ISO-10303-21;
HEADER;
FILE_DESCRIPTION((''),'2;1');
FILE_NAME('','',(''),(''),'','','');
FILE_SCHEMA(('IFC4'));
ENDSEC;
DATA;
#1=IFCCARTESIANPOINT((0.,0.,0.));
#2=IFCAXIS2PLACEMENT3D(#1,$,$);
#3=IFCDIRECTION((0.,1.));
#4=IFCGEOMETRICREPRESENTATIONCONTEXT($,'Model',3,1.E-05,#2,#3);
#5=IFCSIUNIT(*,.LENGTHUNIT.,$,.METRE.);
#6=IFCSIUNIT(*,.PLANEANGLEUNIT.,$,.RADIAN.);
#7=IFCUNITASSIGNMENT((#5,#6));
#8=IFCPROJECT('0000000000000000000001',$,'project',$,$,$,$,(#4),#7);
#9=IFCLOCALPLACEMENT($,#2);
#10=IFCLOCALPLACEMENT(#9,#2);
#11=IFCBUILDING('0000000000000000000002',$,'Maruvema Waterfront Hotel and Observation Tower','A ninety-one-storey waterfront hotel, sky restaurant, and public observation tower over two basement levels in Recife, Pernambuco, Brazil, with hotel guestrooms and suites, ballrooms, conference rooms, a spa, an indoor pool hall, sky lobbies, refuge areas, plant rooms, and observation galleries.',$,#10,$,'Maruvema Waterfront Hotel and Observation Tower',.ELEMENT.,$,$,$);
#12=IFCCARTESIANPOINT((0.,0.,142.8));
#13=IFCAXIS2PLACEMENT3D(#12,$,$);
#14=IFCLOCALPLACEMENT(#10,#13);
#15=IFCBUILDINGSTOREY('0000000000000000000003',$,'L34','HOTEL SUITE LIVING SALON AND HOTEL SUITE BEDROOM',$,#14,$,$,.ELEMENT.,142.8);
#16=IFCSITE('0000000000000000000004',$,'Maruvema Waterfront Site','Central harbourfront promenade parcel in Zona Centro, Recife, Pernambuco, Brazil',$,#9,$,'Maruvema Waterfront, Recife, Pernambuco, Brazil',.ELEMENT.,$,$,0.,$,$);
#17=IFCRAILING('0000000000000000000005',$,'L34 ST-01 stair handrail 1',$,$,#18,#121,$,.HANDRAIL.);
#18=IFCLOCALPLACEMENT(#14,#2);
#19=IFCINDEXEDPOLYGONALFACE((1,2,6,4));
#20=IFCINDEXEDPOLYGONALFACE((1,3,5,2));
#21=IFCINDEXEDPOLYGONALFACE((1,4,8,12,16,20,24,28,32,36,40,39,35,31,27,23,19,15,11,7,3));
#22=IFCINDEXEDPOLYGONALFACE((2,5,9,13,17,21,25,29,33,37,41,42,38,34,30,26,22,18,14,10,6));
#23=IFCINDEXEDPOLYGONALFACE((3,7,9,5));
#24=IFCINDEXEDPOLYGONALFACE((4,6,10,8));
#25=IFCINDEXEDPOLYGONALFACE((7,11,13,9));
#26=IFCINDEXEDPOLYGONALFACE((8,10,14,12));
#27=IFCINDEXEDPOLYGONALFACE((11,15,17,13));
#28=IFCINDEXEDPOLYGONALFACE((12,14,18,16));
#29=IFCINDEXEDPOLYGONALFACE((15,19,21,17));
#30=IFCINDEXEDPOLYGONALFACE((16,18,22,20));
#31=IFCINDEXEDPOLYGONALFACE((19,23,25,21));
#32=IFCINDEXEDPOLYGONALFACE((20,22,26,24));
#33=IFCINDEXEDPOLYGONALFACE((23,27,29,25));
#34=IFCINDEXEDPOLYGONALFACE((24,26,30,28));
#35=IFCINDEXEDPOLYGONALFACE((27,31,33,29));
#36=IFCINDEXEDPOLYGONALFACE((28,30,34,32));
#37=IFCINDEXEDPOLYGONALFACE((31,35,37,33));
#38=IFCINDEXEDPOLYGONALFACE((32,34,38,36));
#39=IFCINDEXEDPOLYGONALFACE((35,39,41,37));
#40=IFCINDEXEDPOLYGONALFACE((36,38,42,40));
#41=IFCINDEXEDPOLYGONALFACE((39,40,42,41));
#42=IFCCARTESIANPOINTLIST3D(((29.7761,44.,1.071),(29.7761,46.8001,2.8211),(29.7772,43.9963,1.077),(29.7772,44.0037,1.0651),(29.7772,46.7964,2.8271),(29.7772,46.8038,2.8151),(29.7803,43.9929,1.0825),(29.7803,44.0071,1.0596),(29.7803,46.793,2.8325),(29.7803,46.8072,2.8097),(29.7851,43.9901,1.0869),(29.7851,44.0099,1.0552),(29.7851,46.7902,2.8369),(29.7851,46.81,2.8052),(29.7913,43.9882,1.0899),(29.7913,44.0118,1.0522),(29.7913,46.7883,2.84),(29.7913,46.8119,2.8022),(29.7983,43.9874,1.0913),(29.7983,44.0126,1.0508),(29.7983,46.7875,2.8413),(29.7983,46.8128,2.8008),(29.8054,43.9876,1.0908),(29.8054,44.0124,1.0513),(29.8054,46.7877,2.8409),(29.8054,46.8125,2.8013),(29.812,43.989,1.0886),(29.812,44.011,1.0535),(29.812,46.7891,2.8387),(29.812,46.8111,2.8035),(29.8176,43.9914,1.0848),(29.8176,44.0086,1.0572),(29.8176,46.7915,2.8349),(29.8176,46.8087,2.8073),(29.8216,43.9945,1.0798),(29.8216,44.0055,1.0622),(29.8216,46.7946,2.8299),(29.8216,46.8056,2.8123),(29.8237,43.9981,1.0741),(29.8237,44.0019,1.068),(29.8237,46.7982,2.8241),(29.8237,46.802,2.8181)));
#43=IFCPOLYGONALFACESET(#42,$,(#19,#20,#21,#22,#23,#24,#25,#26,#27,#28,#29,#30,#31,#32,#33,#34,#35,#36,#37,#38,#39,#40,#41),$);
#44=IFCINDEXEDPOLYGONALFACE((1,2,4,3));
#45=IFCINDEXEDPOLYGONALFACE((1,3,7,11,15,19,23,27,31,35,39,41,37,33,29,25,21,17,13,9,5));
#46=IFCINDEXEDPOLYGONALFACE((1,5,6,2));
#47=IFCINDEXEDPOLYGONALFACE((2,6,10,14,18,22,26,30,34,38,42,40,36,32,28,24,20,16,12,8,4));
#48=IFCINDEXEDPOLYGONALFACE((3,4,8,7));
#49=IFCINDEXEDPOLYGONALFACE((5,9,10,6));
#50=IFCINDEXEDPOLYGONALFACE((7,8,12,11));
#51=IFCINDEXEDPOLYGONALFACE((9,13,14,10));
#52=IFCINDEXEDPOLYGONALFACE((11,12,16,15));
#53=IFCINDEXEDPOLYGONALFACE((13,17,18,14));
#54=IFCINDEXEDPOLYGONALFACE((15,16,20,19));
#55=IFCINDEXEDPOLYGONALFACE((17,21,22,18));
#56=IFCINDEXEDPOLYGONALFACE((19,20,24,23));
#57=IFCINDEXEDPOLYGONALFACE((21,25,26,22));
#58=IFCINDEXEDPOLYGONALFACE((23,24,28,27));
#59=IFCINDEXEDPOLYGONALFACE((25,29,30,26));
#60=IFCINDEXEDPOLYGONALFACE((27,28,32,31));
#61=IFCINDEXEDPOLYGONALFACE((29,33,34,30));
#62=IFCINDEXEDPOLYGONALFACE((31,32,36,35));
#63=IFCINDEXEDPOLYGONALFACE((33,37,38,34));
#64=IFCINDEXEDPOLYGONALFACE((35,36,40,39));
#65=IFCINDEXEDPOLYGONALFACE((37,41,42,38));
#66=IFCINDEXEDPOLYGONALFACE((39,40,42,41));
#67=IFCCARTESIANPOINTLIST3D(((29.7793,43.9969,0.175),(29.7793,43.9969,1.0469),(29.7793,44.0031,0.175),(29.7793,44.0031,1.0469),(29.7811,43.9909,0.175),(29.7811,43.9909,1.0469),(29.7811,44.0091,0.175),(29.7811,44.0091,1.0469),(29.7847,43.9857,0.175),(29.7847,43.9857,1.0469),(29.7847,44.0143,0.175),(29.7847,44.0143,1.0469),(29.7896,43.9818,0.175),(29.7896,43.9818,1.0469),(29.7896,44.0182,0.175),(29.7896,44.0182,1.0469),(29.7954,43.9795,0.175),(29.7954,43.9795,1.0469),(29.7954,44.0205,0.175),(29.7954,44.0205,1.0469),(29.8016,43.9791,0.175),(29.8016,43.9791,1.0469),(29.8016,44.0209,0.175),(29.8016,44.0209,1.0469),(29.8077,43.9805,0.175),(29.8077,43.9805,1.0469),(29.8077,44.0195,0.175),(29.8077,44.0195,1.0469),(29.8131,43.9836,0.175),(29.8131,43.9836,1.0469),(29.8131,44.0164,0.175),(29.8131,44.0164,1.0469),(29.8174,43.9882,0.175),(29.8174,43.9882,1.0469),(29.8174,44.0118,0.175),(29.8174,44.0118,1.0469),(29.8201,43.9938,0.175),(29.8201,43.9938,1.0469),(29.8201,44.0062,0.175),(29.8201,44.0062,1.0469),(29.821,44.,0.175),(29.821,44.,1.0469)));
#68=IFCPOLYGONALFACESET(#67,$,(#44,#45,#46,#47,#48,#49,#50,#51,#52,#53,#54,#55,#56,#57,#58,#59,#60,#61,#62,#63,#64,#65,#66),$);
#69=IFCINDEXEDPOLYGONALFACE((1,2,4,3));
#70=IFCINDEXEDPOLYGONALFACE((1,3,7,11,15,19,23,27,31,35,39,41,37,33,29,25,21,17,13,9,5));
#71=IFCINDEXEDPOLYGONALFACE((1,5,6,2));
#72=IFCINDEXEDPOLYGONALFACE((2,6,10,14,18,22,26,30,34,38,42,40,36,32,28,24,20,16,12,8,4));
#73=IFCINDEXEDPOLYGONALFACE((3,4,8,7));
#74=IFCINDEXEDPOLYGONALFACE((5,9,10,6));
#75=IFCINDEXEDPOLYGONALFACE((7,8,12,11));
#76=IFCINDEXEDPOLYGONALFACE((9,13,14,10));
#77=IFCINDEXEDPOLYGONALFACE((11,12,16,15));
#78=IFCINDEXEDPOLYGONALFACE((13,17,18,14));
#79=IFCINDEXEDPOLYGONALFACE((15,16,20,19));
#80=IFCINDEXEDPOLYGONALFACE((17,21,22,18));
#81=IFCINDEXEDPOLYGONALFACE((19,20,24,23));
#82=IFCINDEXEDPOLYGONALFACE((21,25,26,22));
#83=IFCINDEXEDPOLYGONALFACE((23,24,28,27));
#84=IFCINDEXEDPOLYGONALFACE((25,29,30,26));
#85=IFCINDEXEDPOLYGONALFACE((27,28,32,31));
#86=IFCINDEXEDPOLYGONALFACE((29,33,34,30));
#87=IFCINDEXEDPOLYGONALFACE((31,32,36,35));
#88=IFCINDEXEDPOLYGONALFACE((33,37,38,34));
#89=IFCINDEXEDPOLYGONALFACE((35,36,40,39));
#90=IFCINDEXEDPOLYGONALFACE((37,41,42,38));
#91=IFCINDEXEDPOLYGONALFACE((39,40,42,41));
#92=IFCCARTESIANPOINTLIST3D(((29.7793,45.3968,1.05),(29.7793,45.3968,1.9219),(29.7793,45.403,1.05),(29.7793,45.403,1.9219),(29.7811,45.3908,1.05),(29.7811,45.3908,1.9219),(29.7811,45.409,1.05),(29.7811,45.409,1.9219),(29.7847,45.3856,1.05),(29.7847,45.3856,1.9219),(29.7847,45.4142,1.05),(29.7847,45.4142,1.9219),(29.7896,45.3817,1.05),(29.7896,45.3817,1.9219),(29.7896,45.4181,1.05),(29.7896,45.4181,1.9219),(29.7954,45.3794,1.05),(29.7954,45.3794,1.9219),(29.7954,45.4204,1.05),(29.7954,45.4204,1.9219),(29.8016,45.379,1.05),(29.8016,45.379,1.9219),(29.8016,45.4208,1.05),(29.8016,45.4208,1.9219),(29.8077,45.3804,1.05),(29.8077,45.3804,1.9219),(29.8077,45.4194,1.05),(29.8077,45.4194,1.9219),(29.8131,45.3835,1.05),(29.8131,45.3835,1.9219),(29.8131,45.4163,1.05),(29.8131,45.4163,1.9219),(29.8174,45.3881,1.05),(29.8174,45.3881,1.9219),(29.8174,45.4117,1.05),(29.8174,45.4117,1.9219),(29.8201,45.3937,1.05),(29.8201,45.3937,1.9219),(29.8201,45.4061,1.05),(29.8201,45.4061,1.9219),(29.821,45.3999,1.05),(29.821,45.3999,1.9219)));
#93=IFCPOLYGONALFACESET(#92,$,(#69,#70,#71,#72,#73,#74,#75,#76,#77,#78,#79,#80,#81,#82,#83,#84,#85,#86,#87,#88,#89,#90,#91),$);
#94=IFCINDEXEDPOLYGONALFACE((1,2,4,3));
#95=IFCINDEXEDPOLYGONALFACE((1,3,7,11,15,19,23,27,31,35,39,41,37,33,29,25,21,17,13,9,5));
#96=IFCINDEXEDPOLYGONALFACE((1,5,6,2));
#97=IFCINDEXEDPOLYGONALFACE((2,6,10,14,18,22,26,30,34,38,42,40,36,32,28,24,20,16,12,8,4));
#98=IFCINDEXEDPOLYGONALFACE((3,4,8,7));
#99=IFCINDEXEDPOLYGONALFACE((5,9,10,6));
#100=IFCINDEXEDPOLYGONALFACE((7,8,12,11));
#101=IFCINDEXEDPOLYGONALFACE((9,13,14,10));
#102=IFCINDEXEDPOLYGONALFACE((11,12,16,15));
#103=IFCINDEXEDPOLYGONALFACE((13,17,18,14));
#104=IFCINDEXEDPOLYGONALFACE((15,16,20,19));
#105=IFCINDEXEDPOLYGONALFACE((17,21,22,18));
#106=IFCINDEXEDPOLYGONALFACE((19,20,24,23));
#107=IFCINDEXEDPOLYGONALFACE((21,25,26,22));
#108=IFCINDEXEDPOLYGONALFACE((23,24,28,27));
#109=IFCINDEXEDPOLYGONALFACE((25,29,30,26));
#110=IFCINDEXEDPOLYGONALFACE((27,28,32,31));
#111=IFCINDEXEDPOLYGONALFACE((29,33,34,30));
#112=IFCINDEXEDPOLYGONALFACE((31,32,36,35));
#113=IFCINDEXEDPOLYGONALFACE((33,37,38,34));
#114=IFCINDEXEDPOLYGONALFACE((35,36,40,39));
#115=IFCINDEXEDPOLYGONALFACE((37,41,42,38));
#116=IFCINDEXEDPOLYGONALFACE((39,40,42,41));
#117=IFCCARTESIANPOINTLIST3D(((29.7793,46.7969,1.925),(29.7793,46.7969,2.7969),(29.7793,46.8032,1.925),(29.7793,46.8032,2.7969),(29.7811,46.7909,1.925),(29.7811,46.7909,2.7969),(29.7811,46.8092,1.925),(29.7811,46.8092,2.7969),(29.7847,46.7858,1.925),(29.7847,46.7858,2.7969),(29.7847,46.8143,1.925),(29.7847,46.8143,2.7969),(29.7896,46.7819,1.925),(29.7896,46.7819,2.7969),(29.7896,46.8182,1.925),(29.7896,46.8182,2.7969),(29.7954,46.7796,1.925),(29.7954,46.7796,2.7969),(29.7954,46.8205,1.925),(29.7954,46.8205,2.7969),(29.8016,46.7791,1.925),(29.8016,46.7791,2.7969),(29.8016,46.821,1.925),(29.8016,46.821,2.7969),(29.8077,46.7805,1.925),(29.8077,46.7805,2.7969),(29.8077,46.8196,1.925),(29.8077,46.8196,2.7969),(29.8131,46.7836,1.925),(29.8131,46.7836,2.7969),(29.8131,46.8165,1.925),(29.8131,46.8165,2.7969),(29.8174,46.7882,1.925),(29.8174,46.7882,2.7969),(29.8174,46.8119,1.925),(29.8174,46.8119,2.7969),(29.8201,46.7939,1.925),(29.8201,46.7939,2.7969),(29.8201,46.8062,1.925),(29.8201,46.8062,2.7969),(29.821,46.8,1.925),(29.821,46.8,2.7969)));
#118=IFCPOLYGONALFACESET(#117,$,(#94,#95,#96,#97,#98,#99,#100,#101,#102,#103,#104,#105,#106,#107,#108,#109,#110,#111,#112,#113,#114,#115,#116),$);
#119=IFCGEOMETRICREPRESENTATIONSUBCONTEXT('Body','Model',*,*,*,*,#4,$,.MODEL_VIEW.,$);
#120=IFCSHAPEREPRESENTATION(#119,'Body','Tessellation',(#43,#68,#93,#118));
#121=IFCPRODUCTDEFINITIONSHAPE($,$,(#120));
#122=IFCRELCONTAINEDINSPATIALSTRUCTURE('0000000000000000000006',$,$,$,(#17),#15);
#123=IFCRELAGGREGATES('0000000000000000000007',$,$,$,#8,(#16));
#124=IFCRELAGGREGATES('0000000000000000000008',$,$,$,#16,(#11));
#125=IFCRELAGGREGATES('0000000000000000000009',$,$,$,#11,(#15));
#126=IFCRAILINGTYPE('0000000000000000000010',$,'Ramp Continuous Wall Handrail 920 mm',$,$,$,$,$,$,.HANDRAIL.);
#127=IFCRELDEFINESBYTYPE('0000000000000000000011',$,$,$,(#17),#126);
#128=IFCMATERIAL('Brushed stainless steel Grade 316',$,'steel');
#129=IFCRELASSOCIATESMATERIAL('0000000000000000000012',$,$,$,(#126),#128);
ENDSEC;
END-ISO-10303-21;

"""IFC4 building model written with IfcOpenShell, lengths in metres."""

from ifc_helpers import new_model, si_unit, direction, frame, origin, origin_2d, place, context, subcontext, project, spatial, circle, extrude, material, type_object, element, save


model = new_model("IFC4")

# Units and contexts
model_context = context("Model", 3, precision=1e-05, world=origin(), true_north=direction((0.0, 1.0)))
body_context = subcontext(model_context, "Body", "Model", "MODEL_VIEW")
ifc_project = project(units=[si_unit("LENGTHUNIT", "METRE"), si_unit("PLANEANGLEUNIT", "RADIAN")], contexts=[model_context])

# Site, building, storey
site_placement = place(None, origin())
site = spatial("IfcSite", under=ifc_project, at=site_placement, Name="Maruvema Waterfront Site", Description="Central harbourfront promenade parcel in Zona Centro, Recife, Pernambuco, Brazil", LongName="Maruvema Waterfront, Recife, Pernambuco, Brazil", CompositionType="ELEMENT", RefElevation=0.0)
building_placement = place(site_placement, origin())
building = spatial("IfcBuilding", under=site, at=building_placement, Name="Maruvema Waterfront Hotel and Observation Tower", Description="A ninety-one-storey waterfront hotel, sky restaurant, and public observation tower over two basement levels in Recife, Pernambuco, Brazil, with hotel guestrooms and suites, ballrooms, conference rooms, a spa, an indoor pool hall, sky lobbies, refuge areas, plant rooms, and observation galleries.", LongName="Maruvema Waterfront Hotel and Observation Tower", CompositionType="ELEMENT")
storey_placement = place(building_placement, frame((0.0, 0.0, 142.8)))
storey = spatial("IfcBuildingStorey", under=building, at=storey_placement, Name="L34", Description="HOTEL SUITE LIVING SALON AND HOTEL SUITE BEDROOM", CompositionType="ELEMENT", Elevation=142.8)

# Railing
ifc_material_1 = material(Name="Brushed stainless steel Grade 316", Category="steel")
railing_type_1 = type_object("IfcRailingType", Name="Ramp Continuous Wall Handrail 920 mm", PredefinedType="HANDRAIL", material=ifc_material_1)
railing_1_placement = place(storey_placement, frame((29.8, 44.0, 0.175)))
element("IfcRailing", 1, at=railing_1_placement, inside=storey, type_object=railing_type_1, Name="L34 ST-01 stair handrail 1", PredefinedType="HANDRAIL", context=body_context, shape_type="SweptSolid", body=[
    extrude(circle(Radius=0.0239, at=origin_2d()), frame((0.0, 0.0, 0.896), z_axis=(0.0, 0.848002, 0.529992), x_axis=(-1.0, 0.0, 0.0)), (0.0, 0.0, 1.0), 3.302),
    extrude(circle(Radius=0.021, at=origin_2d()), origin(), (0.0, 0.0, 1.0), 0.8718),
    extrude(circle(Radius=0.021, at=origin_2d()), frame((0.0, 1.3999, 0.875)), (0.0, 0.0, 1.0), 0.8718),
    extrude(circle(Radius=0.021, at=origin_2d()), frame((0.0, 2.8, 1.75)), (0.0, 0.0, 1.0), 0.8718),
])

save(model, "model.ifc")
